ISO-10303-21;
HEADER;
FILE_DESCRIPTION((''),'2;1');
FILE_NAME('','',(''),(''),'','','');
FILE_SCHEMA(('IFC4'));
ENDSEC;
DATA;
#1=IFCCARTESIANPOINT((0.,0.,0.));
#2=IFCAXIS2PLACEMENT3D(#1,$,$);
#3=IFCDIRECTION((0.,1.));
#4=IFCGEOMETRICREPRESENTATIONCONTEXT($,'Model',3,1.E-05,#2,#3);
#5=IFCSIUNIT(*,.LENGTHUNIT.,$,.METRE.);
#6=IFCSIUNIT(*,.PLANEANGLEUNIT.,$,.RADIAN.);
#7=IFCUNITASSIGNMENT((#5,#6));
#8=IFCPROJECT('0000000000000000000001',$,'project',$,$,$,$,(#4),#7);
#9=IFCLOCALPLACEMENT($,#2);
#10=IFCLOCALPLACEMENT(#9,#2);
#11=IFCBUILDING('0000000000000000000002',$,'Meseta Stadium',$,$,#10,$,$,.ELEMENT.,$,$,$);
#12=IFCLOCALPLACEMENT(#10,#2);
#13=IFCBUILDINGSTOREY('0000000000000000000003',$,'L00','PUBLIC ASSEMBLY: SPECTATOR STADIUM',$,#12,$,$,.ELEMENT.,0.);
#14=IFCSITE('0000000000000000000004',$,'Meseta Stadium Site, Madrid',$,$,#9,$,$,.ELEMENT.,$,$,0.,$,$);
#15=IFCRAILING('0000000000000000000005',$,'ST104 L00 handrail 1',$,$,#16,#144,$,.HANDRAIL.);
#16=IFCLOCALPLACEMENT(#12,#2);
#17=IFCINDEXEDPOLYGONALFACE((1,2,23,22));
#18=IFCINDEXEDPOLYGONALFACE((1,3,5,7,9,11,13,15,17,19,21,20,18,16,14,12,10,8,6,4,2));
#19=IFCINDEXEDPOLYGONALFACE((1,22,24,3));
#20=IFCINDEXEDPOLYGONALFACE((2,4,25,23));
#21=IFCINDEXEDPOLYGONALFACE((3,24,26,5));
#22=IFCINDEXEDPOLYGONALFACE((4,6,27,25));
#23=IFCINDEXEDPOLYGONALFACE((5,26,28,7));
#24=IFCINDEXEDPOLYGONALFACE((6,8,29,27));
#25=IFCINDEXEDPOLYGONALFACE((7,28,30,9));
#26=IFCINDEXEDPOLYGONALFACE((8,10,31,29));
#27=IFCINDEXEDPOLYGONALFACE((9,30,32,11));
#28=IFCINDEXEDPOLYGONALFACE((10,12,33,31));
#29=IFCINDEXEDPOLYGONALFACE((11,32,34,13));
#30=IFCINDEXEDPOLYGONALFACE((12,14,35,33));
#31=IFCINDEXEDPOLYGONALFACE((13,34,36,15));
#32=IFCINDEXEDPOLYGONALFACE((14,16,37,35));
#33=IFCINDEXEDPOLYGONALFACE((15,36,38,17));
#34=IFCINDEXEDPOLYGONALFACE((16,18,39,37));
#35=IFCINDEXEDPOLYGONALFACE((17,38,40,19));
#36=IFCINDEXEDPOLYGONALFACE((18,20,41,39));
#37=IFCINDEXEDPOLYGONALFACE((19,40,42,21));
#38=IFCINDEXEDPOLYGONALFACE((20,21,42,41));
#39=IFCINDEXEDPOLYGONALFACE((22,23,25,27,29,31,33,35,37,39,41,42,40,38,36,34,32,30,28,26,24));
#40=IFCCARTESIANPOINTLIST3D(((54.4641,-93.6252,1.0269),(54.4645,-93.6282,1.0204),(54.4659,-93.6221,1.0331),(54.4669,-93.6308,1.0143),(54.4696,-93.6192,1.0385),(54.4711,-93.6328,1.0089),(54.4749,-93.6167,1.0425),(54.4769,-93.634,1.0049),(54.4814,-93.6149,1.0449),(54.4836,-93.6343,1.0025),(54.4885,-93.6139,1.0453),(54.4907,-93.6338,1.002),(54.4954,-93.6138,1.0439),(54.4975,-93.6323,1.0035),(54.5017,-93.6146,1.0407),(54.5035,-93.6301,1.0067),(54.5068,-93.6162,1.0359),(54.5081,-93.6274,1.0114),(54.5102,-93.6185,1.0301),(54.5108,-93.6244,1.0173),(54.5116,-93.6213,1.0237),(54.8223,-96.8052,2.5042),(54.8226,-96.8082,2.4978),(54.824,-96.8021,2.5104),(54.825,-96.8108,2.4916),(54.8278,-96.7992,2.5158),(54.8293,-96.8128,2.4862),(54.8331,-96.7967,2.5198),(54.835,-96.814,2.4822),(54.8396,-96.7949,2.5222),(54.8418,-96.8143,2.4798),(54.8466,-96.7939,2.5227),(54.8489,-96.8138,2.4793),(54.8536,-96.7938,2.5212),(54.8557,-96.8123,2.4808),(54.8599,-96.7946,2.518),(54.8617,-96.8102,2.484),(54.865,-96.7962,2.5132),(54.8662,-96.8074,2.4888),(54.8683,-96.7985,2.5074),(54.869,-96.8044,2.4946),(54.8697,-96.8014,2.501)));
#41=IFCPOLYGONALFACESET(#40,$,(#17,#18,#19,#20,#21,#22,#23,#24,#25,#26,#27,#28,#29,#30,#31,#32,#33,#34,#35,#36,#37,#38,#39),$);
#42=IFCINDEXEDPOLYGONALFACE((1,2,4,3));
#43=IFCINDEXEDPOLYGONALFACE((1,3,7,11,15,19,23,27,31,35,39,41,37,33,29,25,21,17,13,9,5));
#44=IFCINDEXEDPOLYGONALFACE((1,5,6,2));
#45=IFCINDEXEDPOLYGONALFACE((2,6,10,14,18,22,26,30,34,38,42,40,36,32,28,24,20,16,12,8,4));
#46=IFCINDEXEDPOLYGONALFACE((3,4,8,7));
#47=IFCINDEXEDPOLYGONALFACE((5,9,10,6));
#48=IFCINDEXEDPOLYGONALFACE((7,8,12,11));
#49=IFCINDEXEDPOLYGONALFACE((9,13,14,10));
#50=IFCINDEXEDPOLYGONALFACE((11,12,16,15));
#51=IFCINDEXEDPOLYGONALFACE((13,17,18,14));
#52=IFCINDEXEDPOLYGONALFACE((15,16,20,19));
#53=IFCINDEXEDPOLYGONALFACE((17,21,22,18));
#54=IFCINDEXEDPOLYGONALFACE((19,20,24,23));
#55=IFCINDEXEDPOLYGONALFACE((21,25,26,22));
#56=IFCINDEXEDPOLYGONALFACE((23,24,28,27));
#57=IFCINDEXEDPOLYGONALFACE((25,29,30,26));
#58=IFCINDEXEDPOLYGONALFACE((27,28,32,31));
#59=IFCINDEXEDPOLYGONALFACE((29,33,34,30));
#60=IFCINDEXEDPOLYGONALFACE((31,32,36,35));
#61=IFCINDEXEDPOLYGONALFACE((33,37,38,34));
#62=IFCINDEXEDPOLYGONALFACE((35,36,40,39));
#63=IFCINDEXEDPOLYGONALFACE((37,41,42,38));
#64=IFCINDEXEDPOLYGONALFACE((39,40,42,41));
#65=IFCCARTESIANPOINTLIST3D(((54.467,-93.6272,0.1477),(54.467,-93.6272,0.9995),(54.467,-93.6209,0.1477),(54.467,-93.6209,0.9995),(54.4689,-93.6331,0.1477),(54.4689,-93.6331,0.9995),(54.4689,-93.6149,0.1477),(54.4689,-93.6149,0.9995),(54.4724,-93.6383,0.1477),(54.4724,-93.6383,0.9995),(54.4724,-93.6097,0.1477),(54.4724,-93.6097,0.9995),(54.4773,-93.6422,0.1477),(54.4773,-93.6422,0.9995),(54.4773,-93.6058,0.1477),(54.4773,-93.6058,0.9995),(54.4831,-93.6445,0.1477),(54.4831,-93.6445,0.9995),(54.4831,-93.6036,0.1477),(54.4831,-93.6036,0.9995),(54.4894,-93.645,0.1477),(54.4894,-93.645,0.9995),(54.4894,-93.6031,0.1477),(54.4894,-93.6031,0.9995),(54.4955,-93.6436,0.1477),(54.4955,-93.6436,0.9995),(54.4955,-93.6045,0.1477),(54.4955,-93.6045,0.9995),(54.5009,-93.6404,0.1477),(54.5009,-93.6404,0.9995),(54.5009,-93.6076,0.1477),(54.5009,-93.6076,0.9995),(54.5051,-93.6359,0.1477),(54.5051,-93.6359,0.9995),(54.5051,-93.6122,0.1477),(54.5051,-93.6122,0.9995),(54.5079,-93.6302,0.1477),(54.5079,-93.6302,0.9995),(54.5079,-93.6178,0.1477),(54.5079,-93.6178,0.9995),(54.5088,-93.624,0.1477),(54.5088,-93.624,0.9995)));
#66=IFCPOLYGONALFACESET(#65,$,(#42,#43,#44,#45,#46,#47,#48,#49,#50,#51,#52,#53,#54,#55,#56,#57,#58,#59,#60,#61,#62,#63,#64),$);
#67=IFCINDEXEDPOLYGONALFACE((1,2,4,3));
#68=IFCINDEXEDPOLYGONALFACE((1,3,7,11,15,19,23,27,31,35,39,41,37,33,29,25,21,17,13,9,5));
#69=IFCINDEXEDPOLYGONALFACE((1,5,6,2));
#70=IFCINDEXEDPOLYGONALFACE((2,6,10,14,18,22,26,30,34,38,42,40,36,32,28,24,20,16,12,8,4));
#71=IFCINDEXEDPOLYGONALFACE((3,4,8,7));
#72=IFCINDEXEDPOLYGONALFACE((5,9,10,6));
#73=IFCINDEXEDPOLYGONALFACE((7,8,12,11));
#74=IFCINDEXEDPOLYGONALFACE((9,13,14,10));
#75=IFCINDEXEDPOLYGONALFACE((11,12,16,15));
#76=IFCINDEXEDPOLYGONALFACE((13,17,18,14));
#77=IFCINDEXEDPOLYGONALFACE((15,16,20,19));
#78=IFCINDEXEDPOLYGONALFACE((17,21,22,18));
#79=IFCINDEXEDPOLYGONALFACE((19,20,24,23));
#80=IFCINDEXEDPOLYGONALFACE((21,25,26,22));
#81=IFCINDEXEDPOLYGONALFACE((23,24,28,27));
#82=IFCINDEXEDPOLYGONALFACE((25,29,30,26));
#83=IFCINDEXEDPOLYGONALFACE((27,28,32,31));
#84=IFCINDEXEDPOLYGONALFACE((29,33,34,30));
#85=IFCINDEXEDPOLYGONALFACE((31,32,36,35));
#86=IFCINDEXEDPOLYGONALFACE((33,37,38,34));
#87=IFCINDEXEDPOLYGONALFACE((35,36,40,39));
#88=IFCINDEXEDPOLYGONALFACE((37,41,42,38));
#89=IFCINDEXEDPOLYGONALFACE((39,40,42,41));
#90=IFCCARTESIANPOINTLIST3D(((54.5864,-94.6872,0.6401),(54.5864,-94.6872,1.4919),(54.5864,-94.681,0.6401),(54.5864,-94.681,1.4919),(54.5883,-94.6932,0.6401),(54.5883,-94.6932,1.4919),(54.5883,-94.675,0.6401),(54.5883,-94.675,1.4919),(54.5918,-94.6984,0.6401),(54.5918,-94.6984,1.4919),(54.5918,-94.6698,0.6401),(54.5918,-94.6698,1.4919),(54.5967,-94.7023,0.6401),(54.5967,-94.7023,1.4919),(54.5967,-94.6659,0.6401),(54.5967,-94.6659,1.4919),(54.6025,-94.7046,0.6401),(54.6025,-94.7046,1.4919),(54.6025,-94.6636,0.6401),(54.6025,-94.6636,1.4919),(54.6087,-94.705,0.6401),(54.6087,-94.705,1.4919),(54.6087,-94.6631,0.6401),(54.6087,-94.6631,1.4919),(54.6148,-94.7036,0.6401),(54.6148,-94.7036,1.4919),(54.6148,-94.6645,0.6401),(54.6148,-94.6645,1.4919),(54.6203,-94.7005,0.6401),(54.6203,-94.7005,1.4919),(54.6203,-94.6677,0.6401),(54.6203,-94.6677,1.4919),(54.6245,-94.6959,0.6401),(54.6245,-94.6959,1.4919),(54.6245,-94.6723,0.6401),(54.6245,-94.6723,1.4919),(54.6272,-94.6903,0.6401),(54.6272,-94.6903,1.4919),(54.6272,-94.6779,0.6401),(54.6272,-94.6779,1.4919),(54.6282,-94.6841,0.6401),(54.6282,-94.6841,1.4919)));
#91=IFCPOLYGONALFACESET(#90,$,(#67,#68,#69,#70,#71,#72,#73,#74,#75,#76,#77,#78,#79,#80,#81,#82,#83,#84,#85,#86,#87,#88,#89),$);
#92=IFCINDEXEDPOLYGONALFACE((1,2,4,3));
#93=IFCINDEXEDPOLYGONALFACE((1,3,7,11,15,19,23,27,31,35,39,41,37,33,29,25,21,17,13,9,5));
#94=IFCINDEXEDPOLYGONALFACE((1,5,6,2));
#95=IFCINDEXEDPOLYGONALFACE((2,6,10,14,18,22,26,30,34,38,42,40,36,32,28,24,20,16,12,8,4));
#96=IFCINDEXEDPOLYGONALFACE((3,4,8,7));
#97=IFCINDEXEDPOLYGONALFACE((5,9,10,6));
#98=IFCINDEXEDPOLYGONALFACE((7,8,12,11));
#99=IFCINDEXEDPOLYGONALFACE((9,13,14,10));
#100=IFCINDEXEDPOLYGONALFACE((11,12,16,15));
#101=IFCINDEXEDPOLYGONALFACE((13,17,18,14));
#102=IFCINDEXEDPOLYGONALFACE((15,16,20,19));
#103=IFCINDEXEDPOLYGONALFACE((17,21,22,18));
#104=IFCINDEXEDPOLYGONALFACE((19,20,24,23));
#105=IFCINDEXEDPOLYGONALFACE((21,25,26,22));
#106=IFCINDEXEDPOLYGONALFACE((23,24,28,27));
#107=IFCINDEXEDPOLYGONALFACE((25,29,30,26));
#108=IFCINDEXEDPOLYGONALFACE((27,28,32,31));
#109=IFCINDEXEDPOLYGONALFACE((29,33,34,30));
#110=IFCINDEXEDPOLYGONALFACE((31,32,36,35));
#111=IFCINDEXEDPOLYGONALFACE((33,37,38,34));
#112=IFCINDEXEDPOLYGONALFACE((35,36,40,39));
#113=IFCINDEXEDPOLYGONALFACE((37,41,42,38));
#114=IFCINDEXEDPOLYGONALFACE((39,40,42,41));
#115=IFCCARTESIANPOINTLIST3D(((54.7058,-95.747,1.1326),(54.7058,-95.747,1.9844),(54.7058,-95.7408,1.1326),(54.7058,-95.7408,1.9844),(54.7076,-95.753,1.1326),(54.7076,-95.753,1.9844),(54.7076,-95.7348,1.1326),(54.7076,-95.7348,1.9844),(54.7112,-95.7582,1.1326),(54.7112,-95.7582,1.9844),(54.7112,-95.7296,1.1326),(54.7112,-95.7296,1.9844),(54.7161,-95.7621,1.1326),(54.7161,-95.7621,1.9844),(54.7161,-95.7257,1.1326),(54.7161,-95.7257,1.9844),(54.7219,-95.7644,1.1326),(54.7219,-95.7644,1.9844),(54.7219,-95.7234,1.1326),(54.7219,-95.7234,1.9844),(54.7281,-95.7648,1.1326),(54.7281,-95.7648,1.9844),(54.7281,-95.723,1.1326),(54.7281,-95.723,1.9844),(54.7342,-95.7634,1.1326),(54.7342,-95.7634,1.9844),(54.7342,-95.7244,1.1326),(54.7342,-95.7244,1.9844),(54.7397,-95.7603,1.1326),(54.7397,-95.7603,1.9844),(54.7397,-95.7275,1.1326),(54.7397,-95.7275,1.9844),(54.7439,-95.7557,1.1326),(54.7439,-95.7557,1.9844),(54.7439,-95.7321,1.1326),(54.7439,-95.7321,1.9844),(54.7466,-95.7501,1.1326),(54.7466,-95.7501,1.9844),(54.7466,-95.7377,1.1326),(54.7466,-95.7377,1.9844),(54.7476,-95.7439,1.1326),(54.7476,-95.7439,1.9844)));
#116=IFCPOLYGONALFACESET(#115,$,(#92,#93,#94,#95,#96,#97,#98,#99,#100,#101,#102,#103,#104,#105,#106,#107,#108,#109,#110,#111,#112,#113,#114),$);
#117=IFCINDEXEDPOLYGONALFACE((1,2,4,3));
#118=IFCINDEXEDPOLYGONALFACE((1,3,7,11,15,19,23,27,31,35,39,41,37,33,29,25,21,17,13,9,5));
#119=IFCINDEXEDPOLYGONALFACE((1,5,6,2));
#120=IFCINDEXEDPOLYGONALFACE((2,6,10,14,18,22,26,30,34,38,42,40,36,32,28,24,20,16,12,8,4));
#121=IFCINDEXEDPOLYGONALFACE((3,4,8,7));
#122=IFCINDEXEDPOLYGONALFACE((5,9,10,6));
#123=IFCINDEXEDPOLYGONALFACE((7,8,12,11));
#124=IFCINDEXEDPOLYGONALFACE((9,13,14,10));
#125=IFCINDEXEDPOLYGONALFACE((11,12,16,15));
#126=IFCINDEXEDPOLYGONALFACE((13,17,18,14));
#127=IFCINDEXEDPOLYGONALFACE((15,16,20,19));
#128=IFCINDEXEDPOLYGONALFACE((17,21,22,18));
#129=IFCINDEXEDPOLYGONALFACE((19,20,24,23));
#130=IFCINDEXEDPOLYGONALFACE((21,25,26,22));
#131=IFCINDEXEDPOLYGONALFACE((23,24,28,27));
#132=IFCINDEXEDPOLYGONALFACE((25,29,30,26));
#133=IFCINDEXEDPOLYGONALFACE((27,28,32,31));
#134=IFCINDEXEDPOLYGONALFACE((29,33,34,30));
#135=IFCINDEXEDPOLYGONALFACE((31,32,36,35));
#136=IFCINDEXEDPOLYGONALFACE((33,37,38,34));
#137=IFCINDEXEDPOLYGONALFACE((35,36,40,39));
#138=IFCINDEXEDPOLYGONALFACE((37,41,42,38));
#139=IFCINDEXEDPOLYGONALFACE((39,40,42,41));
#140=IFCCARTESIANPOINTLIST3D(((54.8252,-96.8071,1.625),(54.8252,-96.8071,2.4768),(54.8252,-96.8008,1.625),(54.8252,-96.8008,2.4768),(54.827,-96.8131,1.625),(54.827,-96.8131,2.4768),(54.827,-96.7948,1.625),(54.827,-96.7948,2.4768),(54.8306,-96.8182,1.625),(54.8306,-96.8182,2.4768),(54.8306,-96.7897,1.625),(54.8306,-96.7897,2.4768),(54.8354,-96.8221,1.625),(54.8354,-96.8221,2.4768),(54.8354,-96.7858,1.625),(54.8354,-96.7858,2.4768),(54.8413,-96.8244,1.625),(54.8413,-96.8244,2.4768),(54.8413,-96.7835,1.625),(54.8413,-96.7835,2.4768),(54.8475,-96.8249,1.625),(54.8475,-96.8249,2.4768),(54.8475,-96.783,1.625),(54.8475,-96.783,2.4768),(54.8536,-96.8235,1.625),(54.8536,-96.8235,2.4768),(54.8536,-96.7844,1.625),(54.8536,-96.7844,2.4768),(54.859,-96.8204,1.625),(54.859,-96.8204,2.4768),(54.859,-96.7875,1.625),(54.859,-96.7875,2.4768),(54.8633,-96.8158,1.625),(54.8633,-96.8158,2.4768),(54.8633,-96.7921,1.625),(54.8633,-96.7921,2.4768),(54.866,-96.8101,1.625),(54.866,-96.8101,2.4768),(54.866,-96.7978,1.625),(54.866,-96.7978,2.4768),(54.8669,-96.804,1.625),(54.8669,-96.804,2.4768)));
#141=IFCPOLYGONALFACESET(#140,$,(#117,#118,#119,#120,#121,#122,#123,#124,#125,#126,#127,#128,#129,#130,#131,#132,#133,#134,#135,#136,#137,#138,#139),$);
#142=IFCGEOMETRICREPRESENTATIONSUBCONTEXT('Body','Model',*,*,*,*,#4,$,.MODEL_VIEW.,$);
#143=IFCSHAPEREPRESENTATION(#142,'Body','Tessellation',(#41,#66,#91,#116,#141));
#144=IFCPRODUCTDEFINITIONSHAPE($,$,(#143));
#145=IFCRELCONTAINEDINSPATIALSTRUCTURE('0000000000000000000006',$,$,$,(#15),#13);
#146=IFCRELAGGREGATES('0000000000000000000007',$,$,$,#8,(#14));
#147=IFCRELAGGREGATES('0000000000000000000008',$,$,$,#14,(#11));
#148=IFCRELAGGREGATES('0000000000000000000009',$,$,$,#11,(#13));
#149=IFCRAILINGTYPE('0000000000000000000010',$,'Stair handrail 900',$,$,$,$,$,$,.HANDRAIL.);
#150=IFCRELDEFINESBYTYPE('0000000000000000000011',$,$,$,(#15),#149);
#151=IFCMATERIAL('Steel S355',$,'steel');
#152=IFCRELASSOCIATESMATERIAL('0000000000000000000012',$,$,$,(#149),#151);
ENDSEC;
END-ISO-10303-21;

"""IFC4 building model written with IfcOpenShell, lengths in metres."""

from ifc_helpers import new_model, si_unit, direction, frame, origin, origin_2d, place, context, subcontext, project, spatial, circle, extrude, material, type_object, element, save


model = new_model("IFC4")

# Units and contexts
model_context = context("Model", 3, precision=1e-05, world=origin(), true_north=direction((0.0, 1.0)))
body_context = subcontext(model_context, "Body", "Model", "MODEL_VIEW")
ifc_project = project(units=[si_unit("LENGTHUNIT", "METRE"), si_unit("PLANEANGLEUNIT", "RADIAN")], contexts=[model_context])

# Site, building, storey
site_placement = place(None, origin())
site = spatial("IfcSite", under=ifc_project, at=site_placement, Name="Meseta Stadium Site, Madrid", CompositionType="ELEMENT", RefElevation=0.0)
building_placement = place(site_placement, origin())
building = spatial("IfcBuilding", under=site, at=building_placement, Name="Meseta Stadium", CompositionType="ELEMENT")
storey_placement = place(building_placement, origin())
storey = spatial("IfcBuildingStorey", under=building, at=storey_placement, Name="L00", Description="PUBLIC ASSEMBLY: SPECTATOR STADIUM", CompositionType="ELEMENT", Elevation=0.0)

# Railing
ifc_material_1 = material(Name="Steel S355", Category="steel")
railing_type_1 = type_object("IfcRailingType", Name="Stair handrail 900", PredefinedType="HANDRAIL", material=ifc_material_1)
railing_1_placement = place(storey_placement, frame((54.4878, -93.624, 0.1477)))
element("IfcRailing", 1, at=railing_1_placement, inside=storey, type_object=railing_type_1, Name="ST104 L00 handrail 1", PredefinedType="HANDRAIL", context=body_context, shape_type="SweptSolid", body=[
    extrude(circle(Radius=0.0239, at=origin_2d()), frame((0.0, 0.0, 0.876), z_axis=(0.101616, -0.902217, 0.419141), x_axis=(0.993717, 0.111922, 0.0)), (0.0, 0.0, 1.0), 3.5247),
    extrude(circle(Radius=0.021, at=origin_2d()), origin(), (0.0, 0.0, 1.0), 0.8518),
    extrude(circle(Radius=0.021, at=origin_2d()), frame((0.1194, -1.0601, 0.4924)), (0.0, 0.0, 1.0), 0.8518),
    extrude(circle(Radius=0.021, at=origin_2d()), frame((0.2388, -2.1199, 0.9849)), (0.0, 0.0, 1.0), 0.8518),
    extrude(circle(Radius=0.021, at=origin_2d()), frame((0.3582, -3.1799, 1.4773)), (0.0, 0.0, 1.0), 0.8518),
])

save(model, "model.ifc")
